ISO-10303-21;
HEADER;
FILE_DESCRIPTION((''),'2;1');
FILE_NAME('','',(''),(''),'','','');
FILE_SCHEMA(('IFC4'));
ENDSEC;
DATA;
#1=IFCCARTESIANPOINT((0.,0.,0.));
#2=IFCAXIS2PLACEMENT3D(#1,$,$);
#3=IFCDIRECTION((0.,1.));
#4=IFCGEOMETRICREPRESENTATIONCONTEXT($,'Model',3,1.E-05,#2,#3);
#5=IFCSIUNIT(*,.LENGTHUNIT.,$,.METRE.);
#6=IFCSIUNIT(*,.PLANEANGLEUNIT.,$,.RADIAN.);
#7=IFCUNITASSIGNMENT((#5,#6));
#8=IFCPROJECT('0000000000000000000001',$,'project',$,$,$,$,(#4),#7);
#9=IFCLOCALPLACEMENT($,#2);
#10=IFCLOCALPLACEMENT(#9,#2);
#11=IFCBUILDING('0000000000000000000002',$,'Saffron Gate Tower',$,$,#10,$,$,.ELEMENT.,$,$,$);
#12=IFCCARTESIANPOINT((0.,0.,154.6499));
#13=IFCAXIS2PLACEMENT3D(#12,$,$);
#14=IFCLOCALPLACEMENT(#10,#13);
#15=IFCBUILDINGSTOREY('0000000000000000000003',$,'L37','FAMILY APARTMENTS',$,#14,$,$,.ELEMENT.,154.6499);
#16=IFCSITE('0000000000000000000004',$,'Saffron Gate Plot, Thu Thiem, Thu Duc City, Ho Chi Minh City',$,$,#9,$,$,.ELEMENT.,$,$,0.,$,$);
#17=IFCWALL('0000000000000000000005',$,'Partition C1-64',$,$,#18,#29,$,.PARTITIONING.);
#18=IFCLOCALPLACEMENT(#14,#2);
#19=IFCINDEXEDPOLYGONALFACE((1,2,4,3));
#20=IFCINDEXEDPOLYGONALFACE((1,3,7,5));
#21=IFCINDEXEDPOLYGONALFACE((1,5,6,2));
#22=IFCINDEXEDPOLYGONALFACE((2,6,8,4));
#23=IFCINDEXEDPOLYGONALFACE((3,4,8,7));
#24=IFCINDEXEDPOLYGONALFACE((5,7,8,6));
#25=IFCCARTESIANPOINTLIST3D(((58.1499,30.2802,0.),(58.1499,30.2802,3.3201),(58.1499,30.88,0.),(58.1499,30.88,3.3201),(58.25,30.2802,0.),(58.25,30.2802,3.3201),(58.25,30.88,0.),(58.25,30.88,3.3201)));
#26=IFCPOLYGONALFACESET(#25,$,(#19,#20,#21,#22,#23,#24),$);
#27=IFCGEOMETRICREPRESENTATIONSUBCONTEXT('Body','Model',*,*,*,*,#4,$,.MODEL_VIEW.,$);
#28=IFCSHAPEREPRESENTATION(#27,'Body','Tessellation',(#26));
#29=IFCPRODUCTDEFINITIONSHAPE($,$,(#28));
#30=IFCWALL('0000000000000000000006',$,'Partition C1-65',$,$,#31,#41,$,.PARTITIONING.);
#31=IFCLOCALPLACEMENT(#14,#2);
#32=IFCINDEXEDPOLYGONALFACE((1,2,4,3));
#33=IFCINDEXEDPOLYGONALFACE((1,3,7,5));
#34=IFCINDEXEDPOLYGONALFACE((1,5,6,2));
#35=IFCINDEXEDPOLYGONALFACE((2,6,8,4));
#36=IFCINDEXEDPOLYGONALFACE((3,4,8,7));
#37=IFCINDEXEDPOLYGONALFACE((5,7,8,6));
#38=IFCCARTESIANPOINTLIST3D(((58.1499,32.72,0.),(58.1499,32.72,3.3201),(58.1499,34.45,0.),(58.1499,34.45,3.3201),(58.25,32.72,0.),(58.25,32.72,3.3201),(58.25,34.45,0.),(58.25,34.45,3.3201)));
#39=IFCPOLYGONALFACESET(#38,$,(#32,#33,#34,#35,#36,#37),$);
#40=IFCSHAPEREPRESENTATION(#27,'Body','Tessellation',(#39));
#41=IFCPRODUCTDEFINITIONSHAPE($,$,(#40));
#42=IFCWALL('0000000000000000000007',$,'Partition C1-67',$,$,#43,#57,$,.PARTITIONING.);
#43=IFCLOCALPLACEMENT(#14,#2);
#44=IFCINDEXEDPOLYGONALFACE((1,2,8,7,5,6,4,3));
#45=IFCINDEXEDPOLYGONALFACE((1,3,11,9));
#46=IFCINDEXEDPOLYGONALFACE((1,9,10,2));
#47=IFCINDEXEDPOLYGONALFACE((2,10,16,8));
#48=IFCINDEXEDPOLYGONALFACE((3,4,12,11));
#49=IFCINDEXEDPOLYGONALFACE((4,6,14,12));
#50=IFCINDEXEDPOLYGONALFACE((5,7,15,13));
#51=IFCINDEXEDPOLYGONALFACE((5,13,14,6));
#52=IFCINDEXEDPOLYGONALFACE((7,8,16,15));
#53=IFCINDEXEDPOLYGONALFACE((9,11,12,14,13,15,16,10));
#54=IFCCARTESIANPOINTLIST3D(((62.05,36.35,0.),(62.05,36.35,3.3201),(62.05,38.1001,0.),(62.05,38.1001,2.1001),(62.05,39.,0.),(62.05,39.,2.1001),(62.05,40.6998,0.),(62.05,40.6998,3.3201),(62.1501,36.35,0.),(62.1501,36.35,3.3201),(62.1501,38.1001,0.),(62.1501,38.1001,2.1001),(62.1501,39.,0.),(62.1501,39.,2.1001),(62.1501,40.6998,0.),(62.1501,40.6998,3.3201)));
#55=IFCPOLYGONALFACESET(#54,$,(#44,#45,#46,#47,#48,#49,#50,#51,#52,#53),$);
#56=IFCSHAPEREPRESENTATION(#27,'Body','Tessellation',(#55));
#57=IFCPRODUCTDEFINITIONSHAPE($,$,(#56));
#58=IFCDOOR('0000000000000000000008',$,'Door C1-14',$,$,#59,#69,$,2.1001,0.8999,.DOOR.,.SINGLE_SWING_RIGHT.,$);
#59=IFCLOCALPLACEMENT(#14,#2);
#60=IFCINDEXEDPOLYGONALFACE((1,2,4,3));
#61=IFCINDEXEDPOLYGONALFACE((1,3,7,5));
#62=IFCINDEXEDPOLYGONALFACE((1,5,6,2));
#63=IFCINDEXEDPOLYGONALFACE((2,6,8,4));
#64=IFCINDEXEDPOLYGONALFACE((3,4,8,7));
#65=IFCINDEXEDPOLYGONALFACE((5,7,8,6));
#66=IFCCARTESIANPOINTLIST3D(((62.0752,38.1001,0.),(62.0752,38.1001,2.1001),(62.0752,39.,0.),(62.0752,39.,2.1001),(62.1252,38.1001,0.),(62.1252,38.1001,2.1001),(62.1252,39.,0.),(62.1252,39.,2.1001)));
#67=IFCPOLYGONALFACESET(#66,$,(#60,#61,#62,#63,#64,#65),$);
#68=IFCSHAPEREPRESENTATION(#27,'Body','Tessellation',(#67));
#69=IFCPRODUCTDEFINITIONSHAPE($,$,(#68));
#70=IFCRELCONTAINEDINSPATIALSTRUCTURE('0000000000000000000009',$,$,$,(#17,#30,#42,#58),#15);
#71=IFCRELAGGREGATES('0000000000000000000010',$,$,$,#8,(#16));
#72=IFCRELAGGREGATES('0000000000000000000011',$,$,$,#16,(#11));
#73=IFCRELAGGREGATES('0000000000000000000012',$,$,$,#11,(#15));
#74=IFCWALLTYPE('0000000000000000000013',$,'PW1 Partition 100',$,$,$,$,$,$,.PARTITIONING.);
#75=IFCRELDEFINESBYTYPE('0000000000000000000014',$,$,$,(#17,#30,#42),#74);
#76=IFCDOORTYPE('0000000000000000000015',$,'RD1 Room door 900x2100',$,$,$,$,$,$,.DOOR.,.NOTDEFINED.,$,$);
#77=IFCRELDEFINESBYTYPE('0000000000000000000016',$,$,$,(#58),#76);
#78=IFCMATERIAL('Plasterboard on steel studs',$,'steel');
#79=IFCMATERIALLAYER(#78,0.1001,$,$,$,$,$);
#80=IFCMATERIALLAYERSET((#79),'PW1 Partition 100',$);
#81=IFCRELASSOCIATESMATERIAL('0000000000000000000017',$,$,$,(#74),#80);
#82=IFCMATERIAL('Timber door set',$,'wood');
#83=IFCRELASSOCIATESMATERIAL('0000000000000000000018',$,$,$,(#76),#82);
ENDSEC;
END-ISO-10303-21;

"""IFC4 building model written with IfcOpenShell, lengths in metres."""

from ifc_helpers import new_model, si_unit, direction, frame, frame_2d, origin, place, context, subcontext, project, spatial, rectangle, extrude, material, layer, layer_set, type_object, element, fill, save


model = new_model("IFC4")

# Units and contexts
model_context = context("Model", 3, precision=1e-05, world=origin(), true_north=direction((0.0, 1.0)))
body_context = subcontext(model_context, "Body", "Model", "MODEL_VIEW")
ifc_project = project(units=[si_unit("LENGTHUNIT", "METRE"), si_unit("PLANEANGLEUNIT", "RADIAN")], contexts=[model_context])

# Site, building, storey
site_placement = place(None, origin())
site = spatial("IfcSite", under=ifc_project, at=site_placement, Name="Saffron Gate Plot, Thu Thiem, Thu Duc City, Ho Chi Minh City", CompositionType="ELEMENT", RefElevation=0.0)
building_placement = place(site_placement, origin())
building = spatial("IfcBuilding", under=site, at=building_placement, Name="Saffron Gate Tower", CompositionType="ELEMENT")
storey_placement = place(building_placement, frame((0.0, 0.0, 154.6499)))
storey = spatial("IfcBuildingStorey", under=building, at=storey_placement, Name="L37", Description="FAMILY APARTMENTS", CompositionType="ELEMENT", Elevation=154.6499)

# Shared definitions
ifc_material_1 = material(Name="Plasterboard on steel studs", Category="steel")
ifc_layer_1 = layer(ifc_material_1, 0.1001)
ifc_layer_set_1 = layer_set([ifc_layer_1], Name="PW1 Partition 100")
wall_type = type_object("IfcWallType", Name="PW1 Partition 100", PredefinedType="PARTITIONING", material=ifc_layer_set_1)

# Shared definitions
ifc_material_2 = material(Name="Timber door set", Category="wood")
door_type = type_object("IfcDoorType", Name="RD1 Room door 900x2100", OperationType="NOTDEFINED", PredefinedType="DOOR", material=ifc_material_2)

# Walls
wall_1_placement = place(storey_placement, frame((58.2, 30.8799, 0.0), z_axis=(0.0, 0.0, 1.0), x_axis=(0.0, -1.0, 0.0)))
element("IfcWall", 1, at=wall_1_placement, inside=storey, type_object=wall_type, Name="Partition C1-64", PredefinedType="PARTITIONING", context=body_context, shape_type="SweptSolid", body=[
    extrude(rectangle(XDim=0.5999, YDim=0.1001, at=frame_2d((0.2998, 0.0))), origin(), (0.0, 0.0, 1.0), 3.3201),
])
wall_2_placement = place(storey_placement, frame((58.2, 34.45, 0.0), z_axis=(0.0, 0.0, 1.0), x_axis=(0.0, -1.0, 0.0)))
element("IfcWall", 2, at=wall_2_placement, inside=storey, type_object=wall_type, Name="Partition C1-65", PredefinedType="PARTITIONING", context=body_context, shape_type="SweptSolid", body=[
    extrude(rectangle(XDim=1.73, YDim=0.1001, at=frame_2d((0.865, 0.0))), origin(), (0.0, 0.0, 1.0), 3.3201),
])

# Wall, opening, door
wall_3_placement = place(storey_placement, frame((62.1001, 36.3501, 0.0), z_axis=(0.0, 0.0, 1.0), x_axis=(0.0, 1.0, 0.0)))
wall_3 = element("IfcWall", 3, at=wall_3_placement, inside=storey, type_object=wall_type, Name="Partition C1-67", PredefinedType="PARTITIONING", context=body_context, shape_type="SweptSolid", body=[
    extrude(rectangle(XDim=4.3499, YDim=0.1001, at=frame_2d((2.1748, 0.0))), origin(), (0.0, 0.0, 1.0), 3.3201),
])
opening_1_placement = place(wall_3_placement, frame((1.75, 0.0, 0.0)))
opening_1 = element("IfcOpeningElement", 4, at=opening_1_placement, cuts=wall_3, PredefinedType="OPENING", context=body_context, shape_type="SweptSolid", body=[
    extrude(rectangle(XDim=0.8999, YDim=2.1001, at=frame_2d((0.45, 1.05))), frame((0.0, 0.0601, 0.0), z_axis=(0.0, -1.0, 0.0), x_axis=(1.0, 0.0, 0.0)), (0.0, 0.0, 1.0), 0.1201),
])
door_1_placement = place(opening_1_placement, origin())
door_1 = element("IfcDoor", 5, at=door_1_placement, inside=storey, type_object=door_type, Name="Door C1-14", OperationType="SINGLE_SWING_RIGHT", OverallHeight=2.1001, OverallWidth=0.8999, PredefinedType="DOOR", context=body_context, shape_type="SweptSolid", body=[
    extrude(rectangle(XDim=0.8999, YDim=2.1001, at=frame_2d((0.45, 1.05))), frame((0.0, 0.0249, 0.0), z_axis=(0.0, -1.0, 0.0), x_axis=(1.0, 0.0, 0.0)), (0.0, 0.0, 1.0), 0.05),
])
fill(opening_1, door_1)

save(model, "model.ifc")
